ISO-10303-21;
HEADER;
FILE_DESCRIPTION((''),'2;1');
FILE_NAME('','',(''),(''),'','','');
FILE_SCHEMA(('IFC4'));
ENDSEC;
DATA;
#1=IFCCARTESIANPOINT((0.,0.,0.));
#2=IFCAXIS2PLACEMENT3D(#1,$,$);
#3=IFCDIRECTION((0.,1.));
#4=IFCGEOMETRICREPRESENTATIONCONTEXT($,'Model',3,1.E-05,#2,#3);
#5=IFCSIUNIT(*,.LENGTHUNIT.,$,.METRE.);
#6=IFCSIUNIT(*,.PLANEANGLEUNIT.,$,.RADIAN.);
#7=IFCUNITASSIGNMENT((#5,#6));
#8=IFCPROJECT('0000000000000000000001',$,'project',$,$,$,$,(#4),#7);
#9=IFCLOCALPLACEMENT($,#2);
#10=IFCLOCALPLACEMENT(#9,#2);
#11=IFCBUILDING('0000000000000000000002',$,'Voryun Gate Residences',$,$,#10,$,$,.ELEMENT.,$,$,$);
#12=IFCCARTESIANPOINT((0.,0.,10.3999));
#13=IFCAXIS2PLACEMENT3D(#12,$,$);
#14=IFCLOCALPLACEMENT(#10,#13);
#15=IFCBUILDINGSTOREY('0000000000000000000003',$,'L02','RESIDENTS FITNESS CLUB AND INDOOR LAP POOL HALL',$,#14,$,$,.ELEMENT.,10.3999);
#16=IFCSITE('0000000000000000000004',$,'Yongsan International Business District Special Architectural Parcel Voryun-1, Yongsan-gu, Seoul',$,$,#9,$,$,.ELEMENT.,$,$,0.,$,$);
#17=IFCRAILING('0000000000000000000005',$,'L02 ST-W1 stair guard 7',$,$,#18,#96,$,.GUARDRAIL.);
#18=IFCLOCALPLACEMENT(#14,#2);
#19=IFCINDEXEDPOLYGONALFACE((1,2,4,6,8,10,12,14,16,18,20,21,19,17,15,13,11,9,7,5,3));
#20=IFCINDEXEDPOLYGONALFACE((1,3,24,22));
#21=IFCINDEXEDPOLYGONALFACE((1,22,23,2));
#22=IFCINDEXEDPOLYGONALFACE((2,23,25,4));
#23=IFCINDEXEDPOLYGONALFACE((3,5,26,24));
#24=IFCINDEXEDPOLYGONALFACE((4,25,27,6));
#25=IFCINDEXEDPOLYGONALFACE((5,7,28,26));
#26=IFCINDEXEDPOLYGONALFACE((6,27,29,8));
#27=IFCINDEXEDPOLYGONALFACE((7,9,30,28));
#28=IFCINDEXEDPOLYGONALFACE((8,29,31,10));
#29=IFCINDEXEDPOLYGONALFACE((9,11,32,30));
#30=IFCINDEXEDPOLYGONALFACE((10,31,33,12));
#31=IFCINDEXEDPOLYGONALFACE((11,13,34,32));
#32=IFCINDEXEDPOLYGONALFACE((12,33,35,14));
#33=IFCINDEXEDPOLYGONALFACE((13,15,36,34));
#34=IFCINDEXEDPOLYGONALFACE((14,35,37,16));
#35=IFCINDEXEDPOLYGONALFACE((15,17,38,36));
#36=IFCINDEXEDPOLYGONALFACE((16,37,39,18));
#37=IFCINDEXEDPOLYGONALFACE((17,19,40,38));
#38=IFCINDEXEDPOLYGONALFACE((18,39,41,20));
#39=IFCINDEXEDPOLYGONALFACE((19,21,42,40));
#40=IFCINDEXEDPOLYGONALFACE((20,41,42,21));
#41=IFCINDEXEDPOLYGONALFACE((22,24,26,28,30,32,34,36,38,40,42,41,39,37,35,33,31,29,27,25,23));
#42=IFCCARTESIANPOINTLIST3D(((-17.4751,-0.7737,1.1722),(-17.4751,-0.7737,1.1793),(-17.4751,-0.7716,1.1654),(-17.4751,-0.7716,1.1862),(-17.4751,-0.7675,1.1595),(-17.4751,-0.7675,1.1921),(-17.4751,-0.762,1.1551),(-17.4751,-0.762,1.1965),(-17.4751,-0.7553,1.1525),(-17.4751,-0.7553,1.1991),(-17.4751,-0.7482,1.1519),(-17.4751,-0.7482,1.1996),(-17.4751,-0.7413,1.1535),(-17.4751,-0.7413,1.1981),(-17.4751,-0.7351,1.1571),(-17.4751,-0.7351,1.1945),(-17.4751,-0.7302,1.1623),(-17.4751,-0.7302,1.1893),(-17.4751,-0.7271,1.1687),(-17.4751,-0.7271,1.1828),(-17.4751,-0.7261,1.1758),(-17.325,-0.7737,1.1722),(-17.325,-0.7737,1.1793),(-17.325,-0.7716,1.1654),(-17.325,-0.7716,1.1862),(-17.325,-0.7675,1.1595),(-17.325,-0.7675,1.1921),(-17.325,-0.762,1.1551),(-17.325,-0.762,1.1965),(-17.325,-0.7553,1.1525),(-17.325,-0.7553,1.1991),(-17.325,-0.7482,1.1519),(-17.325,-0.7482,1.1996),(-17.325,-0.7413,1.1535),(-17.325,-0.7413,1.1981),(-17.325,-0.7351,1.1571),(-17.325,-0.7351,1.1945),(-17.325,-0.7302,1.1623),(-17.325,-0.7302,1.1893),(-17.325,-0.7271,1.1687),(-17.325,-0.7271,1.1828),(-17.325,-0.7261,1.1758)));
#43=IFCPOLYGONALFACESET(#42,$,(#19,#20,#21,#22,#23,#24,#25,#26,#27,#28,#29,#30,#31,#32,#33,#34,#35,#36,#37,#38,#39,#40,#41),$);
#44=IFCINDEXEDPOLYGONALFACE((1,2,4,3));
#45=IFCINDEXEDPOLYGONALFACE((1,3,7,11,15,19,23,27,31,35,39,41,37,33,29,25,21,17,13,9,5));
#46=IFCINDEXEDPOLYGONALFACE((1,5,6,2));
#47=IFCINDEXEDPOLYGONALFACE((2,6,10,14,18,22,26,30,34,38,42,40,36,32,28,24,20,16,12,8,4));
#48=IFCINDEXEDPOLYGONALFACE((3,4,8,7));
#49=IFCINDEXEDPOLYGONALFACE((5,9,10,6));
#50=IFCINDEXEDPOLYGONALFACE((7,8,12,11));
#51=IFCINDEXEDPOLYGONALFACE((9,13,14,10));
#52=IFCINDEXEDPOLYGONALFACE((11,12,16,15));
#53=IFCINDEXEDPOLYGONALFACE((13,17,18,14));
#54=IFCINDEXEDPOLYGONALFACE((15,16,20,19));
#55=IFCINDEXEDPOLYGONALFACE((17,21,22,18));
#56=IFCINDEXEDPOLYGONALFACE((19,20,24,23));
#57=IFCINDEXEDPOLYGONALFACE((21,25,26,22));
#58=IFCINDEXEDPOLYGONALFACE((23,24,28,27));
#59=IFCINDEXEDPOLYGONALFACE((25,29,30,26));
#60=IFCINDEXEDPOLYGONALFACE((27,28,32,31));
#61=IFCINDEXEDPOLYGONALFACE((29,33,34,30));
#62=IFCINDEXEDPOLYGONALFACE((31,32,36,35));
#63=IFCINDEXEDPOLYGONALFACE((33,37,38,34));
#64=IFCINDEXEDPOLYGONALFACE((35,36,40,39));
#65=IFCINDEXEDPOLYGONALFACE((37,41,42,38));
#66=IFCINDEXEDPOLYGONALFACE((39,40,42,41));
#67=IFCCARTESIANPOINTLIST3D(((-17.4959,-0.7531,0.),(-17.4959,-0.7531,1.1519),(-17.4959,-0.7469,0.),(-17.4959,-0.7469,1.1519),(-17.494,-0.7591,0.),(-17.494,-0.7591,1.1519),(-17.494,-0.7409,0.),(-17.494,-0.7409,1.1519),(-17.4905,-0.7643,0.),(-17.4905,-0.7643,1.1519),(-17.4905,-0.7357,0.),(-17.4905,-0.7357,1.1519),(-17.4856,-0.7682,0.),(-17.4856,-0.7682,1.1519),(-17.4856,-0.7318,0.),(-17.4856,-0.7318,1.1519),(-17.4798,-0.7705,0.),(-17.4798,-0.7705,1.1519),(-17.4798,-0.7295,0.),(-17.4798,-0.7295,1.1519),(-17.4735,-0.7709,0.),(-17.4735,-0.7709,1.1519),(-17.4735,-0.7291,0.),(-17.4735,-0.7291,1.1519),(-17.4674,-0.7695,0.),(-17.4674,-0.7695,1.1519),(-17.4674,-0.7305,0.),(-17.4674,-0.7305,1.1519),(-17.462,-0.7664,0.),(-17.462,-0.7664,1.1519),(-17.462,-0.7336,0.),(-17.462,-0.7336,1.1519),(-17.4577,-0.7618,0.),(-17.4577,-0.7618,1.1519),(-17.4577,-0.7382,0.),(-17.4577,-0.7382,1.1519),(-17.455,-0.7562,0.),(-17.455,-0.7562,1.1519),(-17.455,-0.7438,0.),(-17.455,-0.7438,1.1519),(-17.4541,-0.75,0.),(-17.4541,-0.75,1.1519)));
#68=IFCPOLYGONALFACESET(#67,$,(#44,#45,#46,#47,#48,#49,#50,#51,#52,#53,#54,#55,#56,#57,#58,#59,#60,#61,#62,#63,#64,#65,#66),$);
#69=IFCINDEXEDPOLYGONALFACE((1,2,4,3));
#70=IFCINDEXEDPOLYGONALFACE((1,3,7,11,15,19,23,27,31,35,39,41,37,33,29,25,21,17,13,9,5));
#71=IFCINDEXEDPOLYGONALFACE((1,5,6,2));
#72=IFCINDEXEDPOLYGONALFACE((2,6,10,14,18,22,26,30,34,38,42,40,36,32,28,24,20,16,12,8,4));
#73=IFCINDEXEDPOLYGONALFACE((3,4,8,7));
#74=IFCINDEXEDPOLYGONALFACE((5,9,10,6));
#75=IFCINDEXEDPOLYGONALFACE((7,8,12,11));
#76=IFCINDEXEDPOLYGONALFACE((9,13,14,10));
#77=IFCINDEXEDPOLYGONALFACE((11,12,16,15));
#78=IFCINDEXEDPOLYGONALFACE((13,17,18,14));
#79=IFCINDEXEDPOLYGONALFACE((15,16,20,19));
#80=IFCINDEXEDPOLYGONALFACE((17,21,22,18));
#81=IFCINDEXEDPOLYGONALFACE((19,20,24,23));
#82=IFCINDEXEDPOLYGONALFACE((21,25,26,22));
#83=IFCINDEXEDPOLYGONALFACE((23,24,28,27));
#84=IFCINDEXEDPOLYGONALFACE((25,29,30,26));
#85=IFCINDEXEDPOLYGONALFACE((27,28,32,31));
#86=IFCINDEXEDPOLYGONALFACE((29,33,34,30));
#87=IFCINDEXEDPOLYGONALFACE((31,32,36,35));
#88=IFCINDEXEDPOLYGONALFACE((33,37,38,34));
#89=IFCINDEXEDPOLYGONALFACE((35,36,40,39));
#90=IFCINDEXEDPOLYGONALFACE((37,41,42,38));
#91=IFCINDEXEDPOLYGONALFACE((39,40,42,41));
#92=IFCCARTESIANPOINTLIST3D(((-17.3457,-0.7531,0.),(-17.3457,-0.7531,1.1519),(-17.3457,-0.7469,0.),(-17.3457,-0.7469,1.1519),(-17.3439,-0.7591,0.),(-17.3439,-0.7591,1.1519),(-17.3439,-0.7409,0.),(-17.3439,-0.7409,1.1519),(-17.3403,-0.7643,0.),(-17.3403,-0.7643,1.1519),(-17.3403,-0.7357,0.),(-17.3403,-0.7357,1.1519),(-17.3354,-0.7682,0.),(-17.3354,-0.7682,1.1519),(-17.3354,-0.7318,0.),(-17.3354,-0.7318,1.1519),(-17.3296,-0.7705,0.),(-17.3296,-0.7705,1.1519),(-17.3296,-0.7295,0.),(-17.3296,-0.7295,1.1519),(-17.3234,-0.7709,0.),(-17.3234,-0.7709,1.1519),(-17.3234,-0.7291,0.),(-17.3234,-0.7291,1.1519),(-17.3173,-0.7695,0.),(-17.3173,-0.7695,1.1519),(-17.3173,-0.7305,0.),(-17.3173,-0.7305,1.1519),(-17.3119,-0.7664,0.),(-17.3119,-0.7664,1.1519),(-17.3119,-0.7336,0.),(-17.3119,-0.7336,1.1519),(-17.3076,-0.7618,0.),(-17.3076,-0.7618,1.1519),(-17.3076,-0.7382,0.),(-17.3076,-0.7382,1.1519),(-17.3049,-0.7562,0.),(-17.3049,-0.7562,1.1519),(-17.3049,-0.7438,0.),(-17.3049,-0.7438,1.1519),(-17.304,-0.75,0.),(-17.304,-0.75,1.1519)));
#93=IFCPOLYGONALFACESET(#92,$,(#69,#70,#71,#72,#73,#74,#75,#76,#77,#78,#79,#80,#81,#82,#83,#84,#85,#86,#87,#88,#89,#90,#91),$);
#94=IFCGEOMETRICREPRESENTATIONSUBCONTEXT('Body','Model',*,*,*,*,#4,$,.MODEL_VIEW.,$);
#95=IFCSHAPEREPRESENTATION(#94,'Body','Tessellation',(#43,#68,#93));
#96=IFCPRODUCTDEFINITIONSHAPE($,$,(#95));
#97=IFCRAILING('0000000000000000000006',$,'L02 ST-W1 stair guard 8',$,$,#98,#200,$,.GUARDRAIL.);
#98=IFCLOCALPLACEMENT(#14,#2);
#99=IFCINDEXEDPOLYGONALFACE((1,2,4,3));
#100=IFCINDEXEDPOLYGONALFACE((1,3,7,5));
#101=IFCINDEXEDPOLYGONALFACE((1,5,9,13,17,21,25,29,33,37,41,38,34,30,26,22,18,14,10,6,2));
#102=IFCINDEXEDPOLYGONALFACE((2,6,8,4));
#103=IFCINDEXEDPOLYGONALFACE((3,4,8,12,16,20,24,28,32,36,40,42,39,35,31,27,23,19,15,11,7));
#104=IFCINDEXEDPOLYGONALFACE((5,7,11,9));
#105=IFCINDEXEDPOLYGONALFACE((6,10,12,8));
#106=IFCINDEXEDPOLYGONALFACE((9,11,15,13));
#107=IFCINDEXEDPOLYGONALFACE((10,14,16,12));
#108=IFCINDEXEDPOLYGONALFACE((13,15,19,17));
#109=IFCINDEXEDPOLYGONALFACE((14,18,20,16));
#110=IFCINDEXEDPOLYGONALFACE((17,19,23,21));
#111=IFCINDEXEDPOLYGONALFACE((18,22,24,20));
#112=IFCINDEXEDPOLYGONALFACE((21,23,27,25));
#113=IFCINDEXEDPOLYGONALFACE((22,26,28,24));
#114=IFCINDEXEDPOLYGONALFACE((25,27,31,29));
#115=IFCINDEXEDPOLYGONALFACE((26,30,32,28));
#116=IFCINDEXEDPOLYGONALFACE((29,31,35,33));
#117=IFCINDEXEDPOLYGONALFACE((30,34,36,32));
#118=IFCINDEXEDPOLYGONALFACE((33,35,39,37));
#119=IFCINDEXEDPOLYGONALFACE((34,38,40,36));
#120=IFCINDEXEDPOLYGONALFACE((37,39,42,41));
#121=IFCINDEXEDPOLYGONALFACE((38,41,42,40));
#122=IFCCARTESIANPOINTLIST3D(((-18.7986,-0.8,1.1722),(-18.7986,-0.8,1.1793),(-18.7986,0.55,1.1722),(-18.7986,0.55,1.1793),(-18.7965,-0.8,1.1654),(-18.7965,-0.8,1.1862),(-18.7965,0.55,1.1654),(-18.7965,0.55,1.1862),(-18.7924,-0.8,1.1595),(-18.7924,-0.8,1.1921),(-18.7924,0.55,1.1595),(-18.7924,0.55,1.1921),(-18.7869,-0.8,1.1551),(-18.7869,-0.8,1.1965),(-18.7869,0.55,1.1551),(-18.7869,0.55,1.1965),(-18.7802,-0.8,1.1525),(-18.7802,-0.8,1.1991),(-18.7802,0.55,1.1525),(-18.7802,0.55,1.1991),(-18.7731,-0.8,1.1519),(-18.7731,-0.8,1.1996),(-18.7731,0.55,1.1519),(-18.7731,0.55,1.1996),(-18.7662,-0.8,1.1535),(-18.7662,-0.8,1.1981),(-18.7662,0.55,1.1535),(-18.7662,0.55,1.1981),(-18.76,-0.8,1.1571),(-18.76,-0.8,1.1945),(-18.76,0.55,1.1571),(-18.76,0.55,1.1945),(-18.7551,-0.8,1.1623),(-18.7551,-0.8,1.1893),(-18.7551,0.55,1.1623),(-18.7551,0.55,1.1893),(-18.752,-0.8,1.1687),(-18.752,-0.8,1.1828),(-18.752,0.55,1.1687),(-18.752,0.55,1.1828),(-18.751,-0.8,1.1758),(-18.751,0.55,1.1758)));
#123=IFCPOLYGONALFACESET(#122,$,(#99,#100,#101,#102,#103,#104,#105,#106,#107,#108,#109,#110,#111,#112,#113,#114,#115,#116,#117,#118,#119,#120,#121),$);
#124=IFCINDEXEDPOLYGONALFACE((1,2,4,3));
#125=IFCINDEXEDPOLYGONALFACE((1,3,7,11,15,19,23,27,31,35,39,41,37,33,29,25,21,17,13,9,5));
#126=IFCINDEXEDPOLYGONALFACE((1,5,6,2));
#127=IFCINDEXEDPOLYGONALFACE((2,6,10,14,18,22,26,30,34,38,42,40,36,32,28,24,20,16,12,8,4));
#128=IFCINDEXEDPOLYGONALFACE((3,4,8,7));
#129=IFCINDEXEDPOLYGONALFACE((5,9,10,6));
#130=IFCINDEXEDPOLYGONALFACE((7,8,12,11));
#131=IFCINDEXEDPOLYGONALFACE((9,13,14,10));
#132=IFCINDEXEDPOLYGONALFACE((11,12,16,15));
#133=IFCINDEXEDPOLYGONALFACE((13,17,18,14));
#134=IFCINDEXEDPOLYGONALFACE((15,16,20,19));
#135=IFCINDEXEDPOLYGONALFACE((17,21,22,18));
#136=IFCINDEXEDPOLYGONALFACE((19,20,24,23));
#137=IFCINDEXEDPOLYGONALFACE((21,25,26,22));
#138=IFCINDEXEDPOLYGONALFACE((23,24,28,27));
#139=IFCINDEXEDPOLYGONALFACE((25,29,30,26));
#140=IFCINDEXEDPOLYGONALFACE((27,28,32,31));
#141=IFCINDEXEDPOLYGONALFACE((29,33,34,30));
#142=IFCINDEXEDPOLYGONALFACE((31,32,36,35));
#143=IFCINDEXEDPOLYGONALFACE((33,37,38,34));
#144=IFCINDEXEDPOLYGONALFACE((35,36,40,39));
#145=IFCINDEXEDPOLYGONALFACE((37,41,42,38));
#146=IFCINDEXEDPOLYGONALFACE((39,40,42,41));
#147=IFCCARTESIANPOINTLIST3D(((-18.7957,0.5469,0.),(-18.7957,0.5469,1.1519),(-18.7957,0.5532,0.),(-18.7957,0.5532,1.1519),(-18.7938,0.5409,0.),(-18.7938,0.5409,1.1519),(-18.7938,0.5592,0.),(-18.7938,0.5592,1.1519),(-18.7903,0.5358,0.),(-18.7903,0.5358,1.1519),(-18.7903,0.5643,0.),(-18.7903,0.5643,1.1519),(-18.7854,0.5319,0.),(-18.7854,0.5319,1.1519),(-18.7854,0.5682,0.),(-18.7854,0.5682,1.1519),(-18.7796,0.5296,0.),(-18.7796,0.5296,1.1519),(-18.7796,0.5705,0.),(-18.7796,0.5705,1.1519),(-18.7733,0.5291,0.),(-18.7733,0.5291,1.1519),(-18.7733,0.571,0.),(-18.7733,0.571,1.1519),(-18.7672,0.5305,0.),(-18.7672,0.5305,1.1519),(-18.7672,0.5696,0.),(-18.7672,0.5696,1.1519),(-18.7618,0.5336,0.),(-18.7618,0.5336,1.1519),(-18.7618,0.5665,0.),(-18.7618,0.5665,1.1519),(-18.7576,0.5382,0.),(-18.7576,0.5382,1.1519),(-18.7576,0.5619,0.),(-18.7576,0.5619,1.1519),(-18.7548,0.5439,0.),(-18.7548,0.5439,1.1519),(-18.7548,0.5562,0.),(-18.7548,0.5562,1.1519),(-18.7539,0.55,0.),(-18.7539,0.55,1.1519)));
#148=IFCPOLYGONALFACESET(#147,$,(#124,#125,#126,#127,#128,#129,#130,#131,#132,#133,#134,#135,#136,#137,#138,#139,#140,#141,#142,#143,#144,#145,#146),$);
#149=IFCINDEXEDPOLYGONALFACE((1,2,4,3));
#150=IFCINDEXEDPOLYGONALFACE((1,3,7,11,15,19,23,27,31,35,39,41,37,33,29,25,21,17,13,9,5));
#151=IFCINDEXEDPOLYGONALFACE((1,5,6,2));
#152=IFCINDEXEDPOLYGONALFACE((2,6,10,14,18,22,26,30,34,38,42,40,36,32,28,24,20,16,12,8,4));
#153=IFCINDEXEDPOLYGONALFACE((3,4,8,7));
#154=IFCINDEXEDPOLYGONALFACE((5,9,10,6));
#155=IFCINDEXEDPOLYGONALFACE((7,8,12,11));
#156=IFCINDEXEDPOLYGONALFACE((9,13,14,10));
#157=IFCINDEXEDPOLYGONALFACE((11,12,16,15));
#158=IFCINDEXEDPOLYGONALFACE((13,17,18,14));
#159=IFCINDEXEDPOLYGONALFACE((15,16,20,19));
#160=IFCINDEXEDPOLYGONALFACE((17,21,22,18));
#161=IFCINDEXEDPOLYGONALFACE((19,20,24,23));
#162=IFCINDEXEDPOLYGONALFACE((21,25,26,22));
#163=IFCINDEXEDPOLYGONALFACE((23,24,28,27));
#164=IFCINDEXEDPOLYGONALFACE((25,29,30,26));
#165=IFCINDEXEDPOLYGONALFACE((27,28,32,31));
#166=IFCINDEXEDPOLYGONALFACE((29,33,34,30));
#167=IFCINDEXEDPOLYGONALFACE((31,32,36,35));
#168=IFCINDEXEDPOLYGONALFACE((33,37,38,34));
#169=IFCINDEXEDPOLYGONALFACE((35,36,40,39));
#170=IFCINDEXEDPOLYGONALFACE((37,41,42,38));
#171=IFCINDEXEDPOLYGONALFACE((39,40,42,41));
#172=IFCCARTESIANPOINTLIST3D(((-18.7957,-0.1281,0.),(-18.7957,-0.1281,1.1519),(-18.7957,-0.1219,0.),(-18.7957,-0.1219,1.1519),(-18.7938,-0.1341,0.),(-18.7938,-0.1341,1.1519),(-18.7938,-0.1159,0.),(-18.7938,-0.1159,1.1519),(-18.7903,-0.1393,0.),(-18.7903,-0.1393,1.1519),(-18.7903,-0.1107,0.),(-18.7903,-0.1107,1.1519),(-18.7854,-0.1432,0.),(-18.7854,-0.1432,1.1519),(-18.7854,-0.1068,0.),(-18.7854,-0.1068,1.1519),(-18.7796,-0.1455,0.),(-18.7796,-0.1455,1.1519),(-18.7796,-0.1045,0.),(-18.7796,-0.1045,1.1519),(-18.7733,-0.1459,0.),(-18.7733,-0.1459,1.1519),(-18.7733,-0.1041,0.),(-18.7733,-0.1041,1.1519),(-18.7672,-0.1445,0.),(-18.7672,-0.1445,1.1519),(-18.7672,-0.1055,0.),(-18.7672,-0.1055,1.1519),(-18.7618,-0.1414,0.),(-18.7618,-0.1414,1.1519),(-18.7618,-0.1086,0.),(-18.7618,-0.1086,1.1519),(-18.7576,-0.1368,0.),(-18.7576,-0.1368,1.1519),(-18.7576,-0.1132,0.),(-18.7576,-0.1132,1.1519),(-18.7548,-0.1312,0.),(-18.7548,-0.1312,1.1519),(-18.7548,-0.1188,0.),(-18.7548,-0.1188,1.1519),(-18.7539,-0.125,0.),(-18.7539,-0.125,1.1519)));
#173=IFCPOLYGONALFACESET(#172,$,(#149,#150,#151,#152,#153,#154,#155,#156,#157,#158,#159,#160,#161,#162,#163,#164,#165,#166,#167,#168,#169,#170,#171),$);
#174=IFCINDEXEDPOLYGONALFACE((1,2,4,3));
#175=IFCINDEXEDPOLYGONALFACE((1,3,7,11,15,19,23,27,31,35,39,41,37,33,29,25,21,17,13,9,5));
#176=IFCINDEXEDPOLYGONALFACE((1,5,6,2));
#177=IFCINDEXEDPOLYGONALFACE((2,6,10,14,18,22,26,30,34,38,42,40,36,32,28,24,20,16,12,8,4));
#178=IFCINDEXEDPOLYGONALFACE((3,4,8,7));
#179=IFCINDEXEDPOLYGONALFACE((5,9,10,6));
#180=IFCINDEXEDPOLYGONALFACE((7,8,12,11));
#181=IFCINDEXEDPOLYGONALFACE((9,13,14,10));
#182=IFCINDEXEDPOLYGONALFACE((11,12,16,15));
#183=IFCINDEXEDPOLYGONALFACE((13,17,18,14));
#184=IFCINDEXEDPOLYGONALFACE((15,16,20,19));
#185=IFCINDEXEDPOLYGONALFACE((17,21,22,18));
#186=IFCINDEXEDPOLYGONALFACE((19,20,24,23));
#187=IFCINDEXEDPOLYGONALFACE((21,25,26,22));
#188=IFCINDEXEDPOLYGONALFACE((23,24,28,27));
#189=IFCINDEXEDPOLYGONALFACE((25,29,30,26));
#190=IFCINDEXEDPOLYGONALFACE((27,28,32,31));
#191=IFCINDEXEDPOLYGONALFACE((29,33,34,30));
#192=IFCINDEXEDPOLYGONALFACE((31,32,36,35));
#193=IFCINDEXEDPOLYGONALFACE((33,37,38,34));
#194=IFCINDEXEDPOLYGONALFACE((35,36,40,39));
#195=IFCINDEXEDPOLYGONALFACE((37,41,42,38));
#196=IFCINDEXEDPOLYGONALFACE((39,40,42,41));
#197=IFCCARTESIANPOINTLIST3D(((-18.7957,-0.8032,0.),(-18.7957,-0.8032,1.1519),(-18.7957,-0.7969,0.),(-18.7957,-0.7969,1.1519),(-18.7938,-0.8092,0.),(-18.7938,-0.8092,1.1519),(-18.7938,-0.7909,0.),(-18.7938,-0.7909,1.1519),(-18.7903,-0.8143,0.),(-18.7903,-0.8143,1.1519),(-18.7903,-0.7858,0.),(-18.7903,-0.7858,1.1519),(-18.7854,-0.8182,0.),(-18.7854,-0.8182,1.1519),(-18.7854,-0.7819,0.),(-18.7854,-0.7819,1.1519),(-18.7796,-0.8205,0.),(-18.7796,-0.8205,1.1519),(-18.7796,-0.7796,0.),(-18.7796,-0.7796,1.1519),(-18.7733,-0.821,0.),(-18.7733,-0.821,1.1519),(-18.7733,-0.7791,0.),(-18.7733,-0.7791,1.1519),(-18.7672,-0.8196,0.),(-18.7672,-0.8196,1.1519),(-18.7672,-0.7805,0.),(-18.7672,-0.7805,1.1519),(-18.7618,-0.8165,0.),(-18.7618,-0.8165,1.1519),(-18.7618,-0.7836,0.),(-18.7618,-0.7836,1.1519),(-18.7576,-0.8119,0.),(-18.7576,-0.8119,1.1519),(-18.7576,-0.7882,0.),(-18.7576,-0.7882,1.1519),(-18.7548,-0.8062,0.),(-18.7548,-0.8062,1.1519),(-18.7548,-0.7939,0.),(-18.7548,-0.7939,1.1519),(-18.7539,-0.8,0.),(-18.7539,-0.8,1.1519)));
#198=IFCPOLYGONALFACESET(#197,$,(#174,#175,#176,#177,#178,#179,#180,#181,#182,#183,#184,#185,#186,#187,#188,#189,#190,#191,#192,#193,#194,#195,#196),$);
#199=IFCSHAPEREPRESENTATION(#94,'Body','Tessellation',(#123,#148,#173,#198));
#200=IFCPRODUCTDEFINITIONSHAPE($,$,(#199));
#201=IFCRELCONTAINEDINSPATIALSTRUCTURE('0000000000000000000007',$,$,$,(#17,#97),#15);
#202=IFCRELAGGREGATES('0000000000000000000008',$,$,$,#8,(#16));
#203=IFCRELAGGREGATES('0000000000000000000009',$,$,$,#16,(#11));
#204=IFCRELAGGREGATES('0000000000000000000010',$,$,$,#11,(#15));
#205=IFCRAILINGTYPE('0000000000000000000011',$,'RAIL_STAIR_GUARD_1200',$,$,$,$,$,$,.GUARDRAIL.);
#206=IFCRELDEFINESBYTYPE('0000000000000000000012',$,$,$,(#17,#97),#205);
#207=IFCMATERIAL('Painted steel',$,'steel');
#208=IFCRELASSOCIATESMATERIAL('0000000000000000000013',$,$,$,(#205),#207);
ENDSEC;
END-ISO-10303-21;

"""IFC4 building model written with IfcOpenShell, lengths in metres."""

from ifc_helpers import new_model, si_unit, direction, frame, origin, origin_2d, place, context, subcontext, project, spatial, circle, extrude, material, type_object, element, save


model = new_model("IFC4")

# Units and contexts
model_context = context("Model", 3, precision=1e-05, world=origin(), true_north=direction((0.0, 1.0)))
body_context = subcontext(model_context, "Body", "Model", "MODEL_VIEW")
ifc_project = project(units=[si_unit("LENGTHUNIT", "METRE"), si_unit("PLANEANGLEUNIT", "RADIAN")], contexts=[model_context])

# Site, building, storey
site_placement = place(None, origin())
site = spatial("IfcSite", under=ifc_project, at=site_placement, Name="Yongsan International Business District Special Architectural Parcel Voryun-1, Yongsan-gu, Seoul", CompositionType="ELEMENT", RefElevation=0.0)
building_placement = place(site_placement, origin())
building = spatial("IfcBuilding", under=site, at=building_placement, Name="Voryun Gate Residences", CompositionType="ELEMENT")
storey_placement = place(building_placement, frame((0.0, 0.0, 10.3999)))
storey = spatial("IfcBuildingStorey", under=building, at=storey_placement, Name="L02", Description="RESIDENTS FITNESS CLUB AND INDOOR LAP POOL HALL", CompositionType="ELEMENT", Elevation=10.3999)

# Railings
ifc_material_1 = material(Name="Painted steel", Category="steel")
railing_type_1 = type_object("IfcRailingType", Name="RAIL_STAIR_GUARD_1200", PredefinedType="GUARDRAIL", material=ifc_material_1)
railing_1_placement = place(storey_placement, frame((-17.4751, -0.75, 0.0)))
element("IfcRailing", 1, at=railing_1_placement, inside=storey, type_object=railing_type_1, Name="L02 ST-W1 stair guard 7", PredefinedType="GUARDRAIL", context=body_context, shape_type="SweptSolid", body=[
    extrude(circle(Radius=0.0239, at=origin_2d()), frame((0.0, 0.0, 1.1758), z_axis=(1.0, 0.0, 0.0), x_axis=(0.0, 1.0, 0.0)), (0.0, 0.0, 1.0), 0.1501),
    extrude(circle(Radius=0.021, at=origin_2d()), origin(), (0.0, 0.0, 1.0), 1.1519),
    extrude(circle(Radius=0.021, at=origin_2d()), frame((0.1501, 0.0, 0.0)), (0.0, 0.0, 1.0), 1.1519),
])
railing_2_placement = place(storey_placement, frame((-18.7749, 0.55, 0.0)))
element("IfcRailing", 2, at=railing_2_placement, inside=storey, type_object=railing_type_1, Name="L02 ST-W1 stair guard 8", PredefinedType="GUARDRAIL", context=body_context, shape_type="SweptSolid", body=[
    extrude(circle(Radius=0.0239, at=origin_2d()), frame((0.0, 0.0, 1.1758), z_axis=(0.0, -1.0, 0.0), x_axis=(1.0, 0.0, 0.0)), (0.0, 0.0, 1.0), 1.3501),
    extrude(circle(Radius=0.021, at=origin_2d()), origin(), (0.0, 0.0, 1.0), 1.1519),
    extrude(circle(Radius=0.021, at=origin_2d()), frame((0.0, -0.675, 0.0)), (0.0, 0.0, 1.0), 1.1519),
    extrude(circle(Radius=0.021, at=origin_2d()), frame((0.0, -1.3501, 0.0)), (0.0, 0.0, 1.0), 1.1519),
])

save(model, "model.ifc")
